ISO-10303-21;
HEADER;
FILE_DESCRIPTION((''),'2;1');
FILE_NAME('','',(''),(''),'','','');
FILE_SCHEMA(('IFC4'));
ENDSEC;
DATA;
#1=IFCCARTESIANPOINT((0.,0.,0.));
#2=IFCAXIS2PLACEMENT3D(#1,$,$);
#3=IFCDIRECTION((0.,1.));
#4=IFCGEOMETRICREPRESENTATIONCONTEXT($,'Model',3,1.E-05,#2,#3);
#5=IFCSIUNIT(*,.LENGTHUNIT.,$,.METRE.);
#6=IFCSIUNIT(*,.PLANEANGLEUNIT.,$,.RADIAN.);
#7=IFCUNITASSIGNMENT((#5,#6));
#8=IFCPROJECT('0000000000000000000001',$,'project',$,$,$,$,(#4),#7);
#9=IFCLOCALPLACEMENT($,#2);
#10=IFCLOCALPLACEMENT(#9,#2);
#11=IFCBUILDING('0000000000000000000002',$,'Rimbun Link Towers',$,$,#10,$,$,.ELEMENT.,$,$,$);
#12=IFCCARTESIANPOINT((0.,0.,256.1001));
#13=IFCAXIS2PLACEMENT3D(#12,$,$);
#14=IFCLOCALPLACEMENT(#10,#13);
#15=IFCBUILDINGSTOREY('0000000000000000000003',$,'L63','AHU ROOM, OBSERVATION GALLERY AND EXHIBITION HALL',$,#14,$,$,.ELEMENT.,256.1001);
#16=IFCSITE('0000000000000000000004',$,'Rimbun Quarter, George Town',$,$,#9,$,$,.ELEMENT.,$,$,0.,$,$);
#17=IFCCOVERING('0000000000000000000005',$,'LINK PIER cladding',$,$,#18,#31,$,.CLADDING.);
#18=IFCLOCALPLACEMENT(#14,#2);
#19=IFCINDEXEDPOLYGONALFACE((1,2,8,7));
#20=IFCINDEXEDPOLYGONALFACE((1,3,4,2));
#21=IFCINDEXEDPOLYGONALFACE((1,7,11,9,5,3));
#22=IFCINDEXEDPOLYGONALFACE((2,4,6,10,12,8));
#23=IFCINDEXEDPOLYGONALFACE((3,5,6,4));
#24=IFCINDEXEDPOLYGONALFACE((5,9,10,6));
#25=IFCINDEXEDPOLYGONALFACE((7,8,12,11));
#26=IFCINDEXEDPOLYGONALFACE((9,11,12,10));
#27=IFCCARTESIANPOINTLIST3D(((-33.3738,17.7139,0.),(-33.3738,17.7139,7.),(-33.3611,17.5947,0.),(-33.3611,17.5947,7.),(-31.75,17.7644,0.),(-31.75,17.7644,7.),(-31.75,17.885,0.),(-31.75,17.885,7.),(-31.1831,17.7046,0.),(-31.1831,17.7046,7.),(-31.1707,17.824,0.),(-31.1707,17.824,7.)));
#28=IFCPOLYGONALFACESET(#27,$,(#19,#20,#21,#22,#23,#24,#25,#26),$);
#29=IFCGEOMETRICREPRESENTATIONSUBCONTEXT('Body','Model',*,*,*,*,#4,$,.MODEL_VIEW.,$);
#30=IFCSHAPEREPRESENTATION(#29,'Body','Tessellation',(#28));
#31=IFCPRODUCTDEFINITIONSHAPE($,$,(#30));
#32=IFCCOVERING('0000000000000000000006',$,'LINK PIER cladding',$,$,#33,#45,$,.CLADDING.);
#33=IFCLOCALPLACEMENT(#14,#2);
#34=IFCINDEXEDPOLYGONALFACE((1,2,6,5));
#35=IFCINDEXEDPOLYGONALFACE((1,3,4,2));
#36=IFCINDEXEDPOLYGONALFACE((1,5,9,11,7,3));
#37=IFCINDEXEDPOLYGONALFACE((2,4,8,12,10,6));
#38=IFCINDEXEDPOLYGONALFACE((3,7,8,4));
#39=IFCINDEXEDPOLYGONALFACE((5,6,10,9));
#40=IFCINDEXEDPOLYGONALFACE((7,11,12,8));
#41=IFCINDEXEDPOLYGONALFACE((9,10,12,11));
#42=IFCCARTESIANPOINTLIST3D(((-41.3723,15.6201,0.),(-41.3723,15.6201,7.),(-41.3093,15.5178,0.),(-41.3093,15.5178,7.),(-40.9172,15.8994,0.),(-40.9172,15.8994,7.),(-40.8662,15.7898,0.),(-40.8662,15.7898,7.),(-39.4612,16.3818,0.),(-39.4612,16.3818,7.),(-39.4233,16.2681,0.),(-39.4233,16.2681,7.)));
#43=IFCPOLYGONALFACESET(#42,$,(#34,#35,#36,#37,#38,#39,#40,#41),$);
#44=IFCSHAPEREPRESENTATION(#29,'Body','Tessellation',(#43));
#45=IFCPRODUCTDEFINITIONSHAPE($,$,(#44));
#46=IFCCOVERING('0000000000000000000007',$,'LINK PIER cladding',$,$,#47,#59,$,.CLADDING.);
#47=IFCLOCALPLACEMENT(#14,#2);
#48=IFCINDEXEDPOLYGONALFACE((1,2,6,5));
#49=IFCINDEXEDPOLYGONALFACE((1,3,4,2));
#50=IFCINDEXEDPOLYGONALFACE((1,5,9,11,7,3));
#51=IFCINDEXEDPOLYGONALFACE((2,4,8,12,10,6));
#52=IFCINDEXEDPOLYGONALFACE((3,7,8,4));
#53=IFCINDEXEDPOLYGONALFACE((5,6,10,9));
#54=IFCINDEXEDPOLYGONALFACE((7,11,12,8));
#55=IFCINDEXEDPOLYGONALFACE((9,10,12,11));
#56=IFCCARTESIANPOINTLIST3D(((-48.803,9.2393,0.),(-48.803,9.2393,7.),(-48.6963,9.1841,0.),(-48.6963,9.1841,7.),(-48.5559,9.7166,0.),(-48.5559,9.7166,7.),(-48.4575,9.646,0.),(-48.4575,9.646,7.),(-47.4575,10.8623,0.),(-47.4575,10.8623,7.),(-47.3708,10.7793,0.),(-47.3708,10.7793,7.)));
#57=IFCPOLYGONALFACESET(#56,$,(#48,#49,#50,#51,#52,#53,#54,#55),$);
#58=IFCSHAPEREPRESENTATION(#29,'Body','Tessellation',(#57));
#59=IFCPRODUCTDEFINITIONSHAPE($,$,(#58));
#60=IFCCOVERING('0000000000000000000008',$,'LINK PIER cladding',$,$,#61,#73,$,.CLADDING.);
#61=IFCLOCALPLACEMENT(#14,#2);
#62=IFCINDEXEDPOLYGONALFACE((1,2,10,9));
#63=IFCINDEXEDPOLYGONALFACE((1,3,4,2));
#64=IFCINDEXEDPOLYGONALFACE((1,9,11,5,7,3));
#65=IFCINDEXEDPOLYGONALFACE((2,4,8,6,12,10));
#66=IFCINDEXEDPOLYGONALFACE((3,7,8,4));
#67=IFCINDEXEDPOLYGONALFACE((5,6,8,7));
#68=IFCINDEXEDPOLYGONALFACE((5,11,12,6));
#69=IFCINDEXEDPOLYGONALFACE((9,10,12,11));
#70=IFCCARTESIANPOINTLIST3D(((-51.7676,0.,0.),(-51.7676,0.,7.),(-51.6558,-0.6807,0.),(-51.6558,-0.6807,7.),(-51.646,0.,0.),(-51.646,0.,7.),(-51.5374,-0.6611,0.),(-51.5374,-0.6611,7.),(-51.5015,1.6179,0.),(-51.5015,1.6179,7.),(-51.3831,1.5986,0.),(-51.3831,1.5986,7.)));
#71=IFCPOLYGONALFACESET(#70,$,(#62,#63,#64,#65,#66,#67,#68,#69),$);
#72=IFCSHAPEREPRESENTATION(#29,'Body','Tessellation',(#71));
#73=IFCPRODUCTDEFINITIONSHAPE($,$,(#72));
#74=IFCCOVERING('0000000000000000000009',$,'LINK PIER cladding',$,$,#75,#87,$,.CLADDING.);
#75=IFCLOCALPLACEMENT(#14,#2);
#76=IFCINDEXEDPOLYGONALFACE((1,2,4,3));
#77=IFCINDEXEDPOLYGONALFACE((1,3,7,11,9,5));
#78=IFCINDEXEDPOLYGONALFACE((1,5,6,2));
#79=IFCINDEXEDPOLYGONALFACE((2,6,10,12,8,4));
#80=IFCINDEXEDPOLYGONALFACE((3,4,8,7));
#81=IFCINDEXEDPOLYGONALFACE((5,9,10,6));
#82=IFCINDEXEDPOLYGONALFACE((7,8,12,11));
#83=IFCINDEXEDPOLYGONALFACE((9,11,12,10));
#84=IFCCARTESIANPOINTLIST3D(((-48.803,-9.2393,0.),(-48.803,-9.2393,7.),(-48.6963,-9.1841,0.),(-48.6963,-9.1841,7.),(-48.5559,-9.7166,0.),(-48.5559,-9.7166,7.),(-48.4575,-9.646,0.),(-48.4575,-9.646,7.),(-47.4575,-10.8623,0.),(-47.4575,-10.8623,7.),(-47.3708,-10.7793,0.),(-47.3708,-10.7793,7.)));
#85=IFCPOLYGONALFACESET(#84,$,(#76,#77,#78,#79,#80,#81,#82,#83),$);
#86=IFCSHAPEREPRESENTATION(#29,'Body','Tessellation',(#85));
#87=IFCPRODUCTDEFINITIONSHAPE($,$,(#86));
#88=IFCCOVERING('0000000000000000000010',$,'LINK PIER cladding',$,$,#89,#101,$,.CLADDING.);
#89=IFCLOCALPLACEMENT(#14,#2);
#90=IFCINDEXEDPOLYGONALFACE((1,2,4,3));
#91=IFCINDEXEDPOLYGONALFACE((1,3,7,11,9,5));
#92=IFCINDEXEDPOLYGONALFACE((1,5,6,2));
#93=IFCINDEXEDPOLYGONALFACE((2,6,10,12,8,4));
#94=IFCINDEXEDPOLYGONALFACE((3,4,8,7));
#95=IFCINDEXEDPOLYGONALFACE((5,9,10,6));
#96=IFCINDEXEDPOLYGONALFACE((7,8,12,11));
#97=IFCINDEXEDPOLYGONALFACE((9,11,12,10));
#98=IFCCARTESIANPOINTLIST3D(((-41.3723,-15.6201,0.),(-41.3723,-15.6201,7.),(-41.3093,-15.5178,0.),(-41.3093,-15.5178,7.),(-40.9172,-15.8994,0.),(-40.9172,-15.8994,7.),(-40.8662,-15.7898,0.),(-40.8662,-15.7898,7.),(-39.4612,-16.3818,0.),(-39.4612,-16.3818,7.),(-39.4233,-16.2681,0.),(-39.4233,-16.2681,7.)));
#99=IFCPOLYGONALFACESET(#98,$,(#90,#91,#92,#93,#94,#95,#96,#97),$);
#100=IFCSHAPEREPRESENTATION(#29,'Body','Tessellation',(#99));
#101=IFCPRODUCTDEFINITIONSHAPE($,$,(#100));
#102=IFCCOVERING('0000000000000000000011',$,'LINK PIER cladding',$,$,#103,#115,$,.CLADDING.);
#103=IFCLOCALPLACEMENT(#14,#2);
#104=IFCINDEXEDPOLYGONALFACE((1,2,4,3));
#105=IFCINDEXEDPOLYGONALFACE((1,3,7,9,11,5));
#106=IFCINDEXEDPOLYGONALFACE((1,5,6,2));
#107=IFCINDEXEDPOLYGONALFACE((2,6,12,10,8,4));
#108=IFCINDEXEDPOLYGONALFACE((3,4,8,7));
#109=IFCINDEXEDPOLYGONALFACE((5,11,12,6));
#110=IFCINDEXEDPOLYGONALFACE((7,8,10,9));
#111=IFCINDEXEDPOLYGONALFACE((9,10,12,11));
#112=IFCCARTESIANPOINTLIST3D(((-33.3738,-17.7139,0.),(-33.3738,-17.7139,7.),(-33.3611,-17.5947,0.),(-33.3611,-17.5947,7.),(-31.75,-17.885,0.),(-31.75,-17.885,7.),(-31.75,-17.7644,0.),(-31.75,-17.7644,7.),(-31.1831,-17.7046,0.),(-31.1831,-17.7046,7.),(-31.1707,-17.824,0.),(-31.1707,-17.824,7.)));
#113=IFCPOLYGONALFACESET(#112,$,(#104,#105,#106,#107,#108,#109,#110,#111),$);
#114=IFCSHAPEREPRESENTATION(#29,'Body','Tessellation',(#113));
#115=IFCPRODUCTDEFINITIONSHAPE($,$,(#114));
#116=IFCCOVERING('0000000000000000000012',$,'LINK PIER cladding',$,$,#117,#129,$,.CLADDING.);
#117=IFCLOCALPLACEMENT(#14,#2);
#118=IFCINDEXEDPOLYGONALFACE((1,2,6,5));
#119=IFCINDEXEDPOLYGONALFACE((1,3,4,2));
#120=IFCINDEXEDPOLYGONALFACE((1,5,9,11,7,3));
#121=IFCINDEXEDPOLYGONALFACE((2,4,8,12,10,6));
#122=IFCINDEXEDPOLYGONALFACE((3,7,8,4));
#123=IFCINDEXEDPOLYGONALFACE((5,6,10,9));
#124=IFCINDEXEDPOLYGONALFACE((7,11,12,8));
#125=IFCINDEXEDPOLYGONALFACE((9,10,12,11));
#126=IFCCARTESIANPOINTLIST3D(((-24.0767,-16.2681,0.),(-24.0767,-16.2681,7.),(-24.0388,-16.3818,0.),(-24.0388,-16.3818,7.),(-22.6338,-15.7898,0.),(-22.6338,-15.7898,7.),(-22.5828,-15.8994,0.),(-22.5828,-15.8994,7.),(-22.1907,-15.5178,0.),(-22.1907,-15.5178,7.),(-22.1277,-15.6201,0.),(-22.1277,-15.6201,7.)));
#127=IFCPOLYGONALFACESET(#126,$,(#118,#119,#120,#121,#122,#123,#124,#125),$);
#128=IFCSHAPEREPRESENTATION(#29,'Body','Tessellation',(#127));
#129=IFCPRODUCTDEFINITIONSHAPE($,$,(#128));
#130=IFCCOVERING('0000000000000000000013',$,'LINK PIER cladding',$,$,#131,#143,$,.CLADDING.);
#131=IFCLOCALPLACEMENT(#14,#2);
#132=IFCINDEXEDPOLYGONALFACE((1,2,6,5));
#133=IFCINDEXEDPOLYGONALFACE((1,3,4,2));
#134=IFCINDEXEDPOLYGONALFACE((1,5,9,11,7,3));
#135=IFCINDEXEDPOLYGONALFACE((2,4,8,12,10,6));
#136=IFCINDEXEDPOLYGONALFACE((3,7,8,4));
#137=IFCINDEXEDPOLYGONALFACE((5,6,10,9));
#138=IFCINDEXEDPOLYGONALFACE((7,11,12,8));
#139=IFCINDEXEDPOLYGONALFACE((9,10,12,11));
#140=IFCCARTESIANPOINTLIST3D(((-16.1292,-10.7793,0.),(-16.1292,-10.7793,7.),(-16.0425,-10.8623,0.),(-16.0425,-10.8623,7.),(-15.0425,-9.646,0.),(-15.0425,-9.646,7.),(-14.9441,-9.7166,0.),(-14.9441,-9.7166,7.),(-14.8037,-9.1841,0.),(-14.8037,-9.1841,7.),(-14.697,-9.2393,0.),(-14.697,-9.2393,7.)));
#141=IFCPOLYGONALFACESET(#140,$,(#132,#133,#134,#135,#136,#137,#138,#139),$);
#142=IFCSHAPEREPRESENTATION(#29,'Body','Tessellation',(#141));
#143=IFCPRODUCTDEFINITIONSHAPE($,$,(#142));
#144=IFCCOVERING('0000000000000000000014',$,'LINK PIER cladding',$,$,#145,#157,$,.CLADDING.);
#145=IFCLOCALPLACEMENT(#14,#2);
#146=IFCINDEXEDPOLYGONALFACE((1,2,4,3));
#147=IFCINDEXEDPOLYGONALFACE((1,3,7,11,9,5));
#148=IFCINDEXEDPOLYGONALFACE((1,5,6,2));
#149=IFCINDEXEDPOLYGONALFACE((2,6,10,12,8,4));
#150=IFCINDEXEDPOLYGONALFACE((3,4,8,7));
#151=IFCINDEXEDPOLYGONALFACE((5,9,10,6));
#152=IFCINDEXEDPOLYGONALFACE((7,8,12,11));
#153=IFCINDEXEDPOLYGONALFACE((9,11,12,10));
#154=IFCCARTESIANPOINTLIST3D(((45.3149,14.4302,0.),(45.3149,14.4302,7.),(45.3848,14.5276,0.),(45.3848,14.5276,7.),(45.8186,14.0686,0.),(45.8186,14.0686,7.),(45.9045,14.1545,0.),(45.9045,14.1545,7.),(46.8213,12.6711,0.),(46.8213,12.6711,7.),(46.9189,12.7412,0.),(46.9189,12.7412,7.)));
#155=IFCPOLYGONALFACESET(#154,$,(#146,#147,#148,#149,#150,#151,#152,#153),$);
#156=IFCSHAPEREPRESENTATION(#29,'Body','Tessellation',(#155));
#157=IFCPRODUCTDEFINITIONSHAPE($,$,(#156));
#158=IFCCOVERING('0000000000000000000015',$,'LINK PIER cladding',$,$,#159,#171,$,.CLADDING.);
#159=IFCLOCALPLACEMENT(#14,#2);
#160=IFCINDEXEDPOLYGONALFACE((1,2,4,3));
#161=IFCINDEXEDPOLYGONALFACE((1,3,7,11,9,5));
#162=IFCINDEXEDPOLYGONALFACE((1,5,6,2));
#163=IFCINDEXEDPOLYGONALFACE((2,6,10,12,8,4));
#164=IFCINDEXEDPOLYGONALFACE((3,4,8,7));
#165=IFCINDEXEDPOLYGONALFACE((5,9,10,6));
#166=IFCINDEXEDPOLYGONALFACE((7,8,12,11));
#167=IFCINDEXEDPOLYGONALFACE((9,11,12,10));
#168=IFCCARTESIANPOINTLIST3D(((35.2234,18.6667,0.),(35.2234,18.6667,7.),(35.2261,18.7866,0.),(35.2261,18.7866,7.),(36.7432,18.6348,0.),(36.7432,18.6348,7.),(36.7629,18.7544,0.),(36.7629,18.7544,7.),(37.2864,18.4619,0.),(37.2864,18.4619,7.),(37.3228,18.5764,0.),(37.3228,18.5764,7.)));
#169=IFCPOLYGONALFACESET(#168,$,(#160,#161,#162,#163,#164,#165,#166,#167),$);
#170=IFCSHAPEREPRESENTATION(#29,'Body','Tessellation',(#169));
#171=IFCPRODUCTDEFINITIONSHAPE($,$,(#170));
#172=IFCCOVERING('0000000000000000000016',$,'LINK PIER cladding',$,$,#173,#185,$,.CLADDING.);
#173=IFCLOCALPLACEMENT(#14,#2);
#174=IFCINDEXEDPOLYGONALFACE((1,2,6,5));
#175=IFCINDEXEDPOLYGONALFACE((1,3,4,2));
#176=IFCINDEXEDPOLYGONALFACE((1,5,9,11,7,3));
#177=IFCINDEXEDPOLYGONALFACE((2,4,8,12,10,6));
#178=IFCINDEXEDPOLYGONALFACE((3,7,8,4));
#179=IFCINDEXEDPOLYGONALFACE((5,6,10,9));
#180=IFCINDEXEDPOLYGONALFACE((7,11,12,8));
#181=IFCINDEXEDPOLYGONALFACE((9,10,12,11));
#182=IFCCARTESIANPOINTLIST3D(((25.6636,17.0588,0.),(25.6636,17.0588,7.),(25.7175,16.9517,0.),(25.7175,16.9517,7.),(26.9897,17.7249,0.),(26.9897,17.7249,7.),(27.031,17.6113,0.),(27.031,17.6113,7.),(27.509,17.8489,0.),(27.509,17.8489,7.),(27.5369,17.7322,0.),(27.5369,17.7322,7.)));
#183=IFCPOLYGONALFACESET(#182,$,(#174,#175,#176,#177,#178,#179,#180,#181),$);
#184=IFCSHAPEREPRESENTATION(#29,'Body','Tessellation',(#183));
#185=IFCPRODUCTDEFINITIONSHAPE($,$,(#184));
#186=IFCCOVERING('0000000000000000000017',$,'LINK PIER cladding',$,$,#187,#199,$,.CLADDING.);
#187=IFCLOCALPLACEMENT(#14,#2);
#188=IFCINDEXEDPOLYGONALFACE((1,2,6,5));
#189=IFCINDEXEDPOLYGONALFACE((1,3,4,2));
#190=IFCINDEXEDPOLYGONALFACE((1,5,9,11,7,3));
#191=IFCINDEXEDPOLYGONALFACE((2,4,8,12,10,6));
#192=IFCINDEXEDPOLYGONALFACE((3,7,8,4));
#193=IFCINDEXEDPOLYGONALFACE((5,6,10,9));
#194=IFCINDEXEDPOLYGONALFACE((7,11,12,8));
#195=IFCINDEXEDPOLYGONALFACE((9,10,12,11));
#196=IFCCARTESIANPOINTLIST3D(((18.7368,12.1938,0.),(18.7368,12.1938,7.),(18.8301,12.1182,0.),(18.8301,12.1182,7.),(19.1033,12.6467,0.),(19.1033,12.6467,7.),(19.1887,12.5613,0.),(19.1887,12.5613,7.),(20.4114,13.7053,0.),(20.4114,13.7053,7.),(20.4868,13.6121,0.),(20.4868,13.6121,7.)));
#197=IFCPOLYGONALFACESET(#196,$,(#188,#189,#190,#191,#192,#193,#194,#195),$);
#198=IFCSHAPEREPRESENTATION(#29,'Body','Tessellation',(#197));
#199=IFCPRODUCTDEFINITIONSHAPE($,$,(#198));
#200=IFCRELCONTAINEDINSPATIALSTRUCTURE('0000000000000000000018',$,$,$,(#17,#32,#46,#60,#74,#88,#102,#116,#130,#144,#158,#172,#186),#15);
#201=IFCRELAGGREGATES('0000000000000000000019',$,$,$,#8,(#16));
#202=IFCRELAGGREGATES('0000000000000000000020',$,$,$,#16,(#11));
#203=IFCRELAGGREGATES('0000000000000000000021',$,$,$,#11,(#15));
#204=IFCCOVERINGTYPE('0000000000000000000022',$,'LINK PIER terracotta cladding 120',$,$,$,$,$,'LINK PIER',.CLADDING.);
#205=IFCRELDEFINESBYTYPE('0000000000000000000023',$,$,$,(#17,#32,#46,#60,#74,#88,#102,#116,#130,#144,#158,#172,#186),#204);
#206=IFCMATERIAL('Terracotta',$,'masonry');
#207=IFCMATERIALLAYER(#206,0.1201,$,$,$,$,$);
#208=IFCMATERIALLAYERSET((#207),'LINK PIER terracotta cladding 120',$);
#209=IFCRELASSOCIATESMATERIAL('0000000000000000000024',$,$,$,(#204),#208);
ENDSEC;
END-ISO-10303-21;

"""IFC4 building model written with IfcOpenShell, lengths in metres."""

from ifc_helpers import new_model, si_unit, direction, frame, origin, place, context, subcontext, project, spatial, polyline, outline, extrude, material, layer, layer_set, type_object, element, save


model = new_model("IFC4")

# Units and contexts
model_context = context("Model", 3, precision=1e-05, world=origin(), true_north=direction((0.0, 1.0)))
body_context = subcontext(model_context, "Body", "Model", "MODEL_VIEW")
ifc_project = project(units=[si_unit("LENGTHUNIT", "METRE"), si_unit("PLANEANGLEUNIT", "RADIAN")], contexts=[model_context])

# Site, building, storey
site_placement = place(None, origin())
site = spatial("IfcSite", under=ifc_project, at=site_placement, Name="Rimbun Quarter, George Town", CompositionType="ELEMENT", RefElevation=0.0)
building_placement = place(site_placement, origin())
building = spatial("IfcBuilding", under=site, at=building_placement, Name="Rimbun Link Towers", CompositionType="ELEMENT")
storey_placement = place(building_placement, frame((0.0, 0.0, 256.1001)))
storey = spatial("IfcBuildingStorey", under=building, at=storey_placement, Name="L63", Description="AHU ROOM, OBSERVATION GALLERY AND EXHIBITION HALL", CompositionType="ELEMENT", Elevation=256.1001)

# Coverings
ifc_material_1 = material(Name="Terracotta", Category="masonry")
ifc_layer_1 = layer(ifc_material_1, 0.1201)
ifc_layer_set_1 = layer_set([ifc_layer_1], Name="LINK PIER terracotta cladding 120")
covering_type = type_object("IfcCoveringType", Name="LINK PIER terracotta cladding 120", ElementType="LINK PIER", PredefinedType="CLADDING", material=ifc_layer_set_1)
covering_1_placement = place(storey_placement, origin())
element("IfcCovering", 1, at=covering_1_placement, inside=storey, type_object=covering_type, Name="LINK PIER cladding", PredefinedType="CLADDING", context=body_context, shape_type="SweptSolid", body=[
    extrude(outline(polyline([(-33.3611, 17.5947), (-31.75, 17.7644), (-31.1831, 17.7046), (-31.1707, 17.824), (-31.75, 17.885), (-33.3738, 17.7139), (-33.3611, 17.5947)])), origin(), (0.0, 0.0, 1.0), 7.0),
])
covering_2_placement = place(storey_placement, origin())
element("IfcCovering", 2, at=covering_2_placement, inside=storey, type_object=covering_type, Name="LINK PIER cladding", PredefinedType="CLADDING", context=body_context, shape_type="SweptSolid", body=[
    extrude(outline(polyline([(-41.3093, 15.5178), (-40.8662, 15.7898), (-39.4233, 16.2681), (-39.4612, 16.3818), (-40.9172, 15.8994), (-41.3723, 15.6201), (-41.3093, 15.5178)])), origin(), (0.0, 0.0, 1.0), 7.0),
])
covering_3_placement = place(storey_placement, origin())
element("IfcCovering", 3, at=covering_3_placement, inside=storey, type_object=covering_type, Name="LINK PIER cladding", PredefinedType="CLADDING", context=body_context, shape_type="SweptSolid", body=[
    extrude(outline(polyline([(-48.6963, 9.1841), (-48.4575, 9.646), (-47.3708, 10.7793), (-47.4575, 10.8623), (-48.5559, 9.7166), (-48.803, 9.2393), (-48.6963, 9.1841)])), origin(), (0.0, 0.0, 1.0), 7.0),
])
covering_4_placement = place(storey_placement, origin())
element("IfcCovering", 4, at=covering_4_placement, inside=storey, type_object=covering_type, Name="LINK PIER cladding", PredefinedType="CLADDING", context=body_context, shape_type="SweptSolid", body=[
    extrude(outline(polyline([(-51.5374, -0.6611), (-51.646, 0.0), (-51.3831, 1.5986), (-51.5015, 1.6179), (-51.7676, 0.0), (-51.6558, -0.6807), (-51.5374, -0.6611)])), origin(), (0.0, 0.0, 1.0), 7.0),
])
covering_5_placement = place(storey_placement, origin())
element("IfcCovering", 5, at=covering_5_placement, inside=storey, type_object=covering_type, Name="LINK PIER cladding", PredefinedType="CLADDING", context=body_context, shape_type="SweptSolid", body=[
    extrude(outline(polyline([(-47.3708, -10.7793), (-48.4575, -9.646), (-48.6963, -9.1841), (-48.803, -9.2393), (-48.5559, -9.7166), (-47.4575, -10.8623), (-47.3708, -10.7793)])), origin(), (0.0, 0.0, 1.0), 7.0),
])
covering_6_placement = place(storey_placement, origin())
element("IfcCovering", 6, at=covering_6_placement, inside=storey, type_object=covering_type, Name="LINK PIER cladding", PredefinedType="CLADDING", context=body_context, shape_type="SweptSolid", body=[
    extrude(outline(polyline([(-39.4233, -16.2681), (-40.8662, -15.7898), (-41.3093, -15.5178), (-41.3723, -15.6201), (-40.9172, -15.8994), (-39.4612, -16.3818), (-39.4233, -16.2681)])), origin(), (0.0, 0.0, 1.0), 7.0),
])
covering_7_placement = place(storey_placement, origin())
element("IfcCovering", 7, at=covering_7_placement, inside=storey, type_object=covering_type, Name="LINK PIER cladding", PredefinedType="CLADDING", context=body_context, shape_type="SweptSolid", body=[
    extrude(outline(polyline([(-31.1831, -17.7046), (-31.75, -17.7644), (-33.3611, -17.5947), (-33.3738, -17.7139), (-31.75, -17.885), (-31.1707, -17.824), (-31.1831, -17.7046)])), origin(), (0.0, 0.0, 1.0), 7.0),
])
covering_8_placement = place(storey_placement, origin())
element("IfcCovering", 8, at=covering_8_placement, inside=storey, type_object=covering_type, Name="LINK PIER cladding", PredefinedType="CLADDING", context=body_context, shape_type="SweptSolid", body=[
    extrude(outline(polyline([(-22.1907, -15.5178), (-22.6338, -15.7898), (-24.0767, -16.2681), (-24.0388, -16.3818), (-22.5828, -15.8994), (-22.1277, -15.6201), (-22.1907, -15.5178)])), origin(), (0.0, 0.0, 1.0), 7.0),
])
covering_9_placement = place(storey_placement, origin())
element("IfcCovering", 9, at=covering_9_placement, inside=storey, type_object=covering_type, Name="LINK PIER cladding", PredefinedType="CLADDING", context=body_context, shape_type="SweptSolid", body=[
    extrude(outline(polyline([(-14.8037, -9.1841), (-15.0425, -9.646), (-16.1292, -10.7793), (-16.0425, -10.8623), (-14.9441, -9.7166), (-14.697, -9.2393), (-14.8037, -9.1841)])), origin(), (0.0, 0.0, 1.0), 7.0),
])
covering_10_placement = place(storey_placement, origin())
element("IfcCovering", 10, at=covering_10_placement, inside=storey, type_object=covering_type, Name="LINK PIER cladding", PredefinedType="CLADDING", context=body_context, shape_type="SweptSolid", body=[
    extrude(outline(polyline([(45.3149, 14.4302), (45.8186, 14.0686), (46.8213, 12.6711), (46.9189, 12.7412), (45.9045, 14.1545), (45.3848, 14.5276), (45.3149, 14.4302)])), origin(), (0.0, 0.0, 1.0), 7.0),
])
covering_11_placement = place(storey_placement, origin())
element("IfcCovering", 11, at=covering_11_placement, inside=storey, type_object=covering_type, Name="LINK PIER cladding", PredefinedType="CLADDING", context=body_context, shape_type="SweptSolid", body=[
    extrude(outline(polyline([(35.2234, 18.6667), (36.7432, 18.6348), (37.2864, 18.4619), (37.3228, 18.5764), (36.7629, 18.7544), (35.2261, 18.7866), (35.2234, 18.6667)])), origin(), (0.0, 0.0, 1.0), 7.0),
])
covering_12_placement = place(storey_placement, origin())
element("IfcCovering", 12, at=covering_12_placement, inside=storey, type_object=covering_type, Name="LINK PIER cladding", PredefinedType="CLADDING", context=body_context, shape_type="SweptSolid", body=[
    extrude(outline(polyline([(25.7175, 16.9517), (27.031, 17.6113), (27.5369, 17.7322), (27.509, 17.8489), (26.9897, 17.7249), (25.6636, 17.0588), (25.7175, 16.9517)])), origin(), (0.0, 0.0, 1.0), 7.0),
])
covering_13_placement = place(storey_placement, origin())
element("IfcCovering", 13, at=covering_13_placement, inside=storey, type_object=covering_type, Name="LINK PIER cladding", PredefinedType="CLADDING", context=body_context, shape_type="SweptSolid", body=[
    extrude(outline(polyline([(18.8301, 12.1182), (19.1887, 12.5613), (20.4868, 13.6121), (20.4114, 13.7053), (19.1033, 12.6467), (18.7368, 12.1938), (18.8301, 12.1182)])), origin(), (0.0, 0.0, 1.0), 7.0),
])

save(model, "model.ifc")
